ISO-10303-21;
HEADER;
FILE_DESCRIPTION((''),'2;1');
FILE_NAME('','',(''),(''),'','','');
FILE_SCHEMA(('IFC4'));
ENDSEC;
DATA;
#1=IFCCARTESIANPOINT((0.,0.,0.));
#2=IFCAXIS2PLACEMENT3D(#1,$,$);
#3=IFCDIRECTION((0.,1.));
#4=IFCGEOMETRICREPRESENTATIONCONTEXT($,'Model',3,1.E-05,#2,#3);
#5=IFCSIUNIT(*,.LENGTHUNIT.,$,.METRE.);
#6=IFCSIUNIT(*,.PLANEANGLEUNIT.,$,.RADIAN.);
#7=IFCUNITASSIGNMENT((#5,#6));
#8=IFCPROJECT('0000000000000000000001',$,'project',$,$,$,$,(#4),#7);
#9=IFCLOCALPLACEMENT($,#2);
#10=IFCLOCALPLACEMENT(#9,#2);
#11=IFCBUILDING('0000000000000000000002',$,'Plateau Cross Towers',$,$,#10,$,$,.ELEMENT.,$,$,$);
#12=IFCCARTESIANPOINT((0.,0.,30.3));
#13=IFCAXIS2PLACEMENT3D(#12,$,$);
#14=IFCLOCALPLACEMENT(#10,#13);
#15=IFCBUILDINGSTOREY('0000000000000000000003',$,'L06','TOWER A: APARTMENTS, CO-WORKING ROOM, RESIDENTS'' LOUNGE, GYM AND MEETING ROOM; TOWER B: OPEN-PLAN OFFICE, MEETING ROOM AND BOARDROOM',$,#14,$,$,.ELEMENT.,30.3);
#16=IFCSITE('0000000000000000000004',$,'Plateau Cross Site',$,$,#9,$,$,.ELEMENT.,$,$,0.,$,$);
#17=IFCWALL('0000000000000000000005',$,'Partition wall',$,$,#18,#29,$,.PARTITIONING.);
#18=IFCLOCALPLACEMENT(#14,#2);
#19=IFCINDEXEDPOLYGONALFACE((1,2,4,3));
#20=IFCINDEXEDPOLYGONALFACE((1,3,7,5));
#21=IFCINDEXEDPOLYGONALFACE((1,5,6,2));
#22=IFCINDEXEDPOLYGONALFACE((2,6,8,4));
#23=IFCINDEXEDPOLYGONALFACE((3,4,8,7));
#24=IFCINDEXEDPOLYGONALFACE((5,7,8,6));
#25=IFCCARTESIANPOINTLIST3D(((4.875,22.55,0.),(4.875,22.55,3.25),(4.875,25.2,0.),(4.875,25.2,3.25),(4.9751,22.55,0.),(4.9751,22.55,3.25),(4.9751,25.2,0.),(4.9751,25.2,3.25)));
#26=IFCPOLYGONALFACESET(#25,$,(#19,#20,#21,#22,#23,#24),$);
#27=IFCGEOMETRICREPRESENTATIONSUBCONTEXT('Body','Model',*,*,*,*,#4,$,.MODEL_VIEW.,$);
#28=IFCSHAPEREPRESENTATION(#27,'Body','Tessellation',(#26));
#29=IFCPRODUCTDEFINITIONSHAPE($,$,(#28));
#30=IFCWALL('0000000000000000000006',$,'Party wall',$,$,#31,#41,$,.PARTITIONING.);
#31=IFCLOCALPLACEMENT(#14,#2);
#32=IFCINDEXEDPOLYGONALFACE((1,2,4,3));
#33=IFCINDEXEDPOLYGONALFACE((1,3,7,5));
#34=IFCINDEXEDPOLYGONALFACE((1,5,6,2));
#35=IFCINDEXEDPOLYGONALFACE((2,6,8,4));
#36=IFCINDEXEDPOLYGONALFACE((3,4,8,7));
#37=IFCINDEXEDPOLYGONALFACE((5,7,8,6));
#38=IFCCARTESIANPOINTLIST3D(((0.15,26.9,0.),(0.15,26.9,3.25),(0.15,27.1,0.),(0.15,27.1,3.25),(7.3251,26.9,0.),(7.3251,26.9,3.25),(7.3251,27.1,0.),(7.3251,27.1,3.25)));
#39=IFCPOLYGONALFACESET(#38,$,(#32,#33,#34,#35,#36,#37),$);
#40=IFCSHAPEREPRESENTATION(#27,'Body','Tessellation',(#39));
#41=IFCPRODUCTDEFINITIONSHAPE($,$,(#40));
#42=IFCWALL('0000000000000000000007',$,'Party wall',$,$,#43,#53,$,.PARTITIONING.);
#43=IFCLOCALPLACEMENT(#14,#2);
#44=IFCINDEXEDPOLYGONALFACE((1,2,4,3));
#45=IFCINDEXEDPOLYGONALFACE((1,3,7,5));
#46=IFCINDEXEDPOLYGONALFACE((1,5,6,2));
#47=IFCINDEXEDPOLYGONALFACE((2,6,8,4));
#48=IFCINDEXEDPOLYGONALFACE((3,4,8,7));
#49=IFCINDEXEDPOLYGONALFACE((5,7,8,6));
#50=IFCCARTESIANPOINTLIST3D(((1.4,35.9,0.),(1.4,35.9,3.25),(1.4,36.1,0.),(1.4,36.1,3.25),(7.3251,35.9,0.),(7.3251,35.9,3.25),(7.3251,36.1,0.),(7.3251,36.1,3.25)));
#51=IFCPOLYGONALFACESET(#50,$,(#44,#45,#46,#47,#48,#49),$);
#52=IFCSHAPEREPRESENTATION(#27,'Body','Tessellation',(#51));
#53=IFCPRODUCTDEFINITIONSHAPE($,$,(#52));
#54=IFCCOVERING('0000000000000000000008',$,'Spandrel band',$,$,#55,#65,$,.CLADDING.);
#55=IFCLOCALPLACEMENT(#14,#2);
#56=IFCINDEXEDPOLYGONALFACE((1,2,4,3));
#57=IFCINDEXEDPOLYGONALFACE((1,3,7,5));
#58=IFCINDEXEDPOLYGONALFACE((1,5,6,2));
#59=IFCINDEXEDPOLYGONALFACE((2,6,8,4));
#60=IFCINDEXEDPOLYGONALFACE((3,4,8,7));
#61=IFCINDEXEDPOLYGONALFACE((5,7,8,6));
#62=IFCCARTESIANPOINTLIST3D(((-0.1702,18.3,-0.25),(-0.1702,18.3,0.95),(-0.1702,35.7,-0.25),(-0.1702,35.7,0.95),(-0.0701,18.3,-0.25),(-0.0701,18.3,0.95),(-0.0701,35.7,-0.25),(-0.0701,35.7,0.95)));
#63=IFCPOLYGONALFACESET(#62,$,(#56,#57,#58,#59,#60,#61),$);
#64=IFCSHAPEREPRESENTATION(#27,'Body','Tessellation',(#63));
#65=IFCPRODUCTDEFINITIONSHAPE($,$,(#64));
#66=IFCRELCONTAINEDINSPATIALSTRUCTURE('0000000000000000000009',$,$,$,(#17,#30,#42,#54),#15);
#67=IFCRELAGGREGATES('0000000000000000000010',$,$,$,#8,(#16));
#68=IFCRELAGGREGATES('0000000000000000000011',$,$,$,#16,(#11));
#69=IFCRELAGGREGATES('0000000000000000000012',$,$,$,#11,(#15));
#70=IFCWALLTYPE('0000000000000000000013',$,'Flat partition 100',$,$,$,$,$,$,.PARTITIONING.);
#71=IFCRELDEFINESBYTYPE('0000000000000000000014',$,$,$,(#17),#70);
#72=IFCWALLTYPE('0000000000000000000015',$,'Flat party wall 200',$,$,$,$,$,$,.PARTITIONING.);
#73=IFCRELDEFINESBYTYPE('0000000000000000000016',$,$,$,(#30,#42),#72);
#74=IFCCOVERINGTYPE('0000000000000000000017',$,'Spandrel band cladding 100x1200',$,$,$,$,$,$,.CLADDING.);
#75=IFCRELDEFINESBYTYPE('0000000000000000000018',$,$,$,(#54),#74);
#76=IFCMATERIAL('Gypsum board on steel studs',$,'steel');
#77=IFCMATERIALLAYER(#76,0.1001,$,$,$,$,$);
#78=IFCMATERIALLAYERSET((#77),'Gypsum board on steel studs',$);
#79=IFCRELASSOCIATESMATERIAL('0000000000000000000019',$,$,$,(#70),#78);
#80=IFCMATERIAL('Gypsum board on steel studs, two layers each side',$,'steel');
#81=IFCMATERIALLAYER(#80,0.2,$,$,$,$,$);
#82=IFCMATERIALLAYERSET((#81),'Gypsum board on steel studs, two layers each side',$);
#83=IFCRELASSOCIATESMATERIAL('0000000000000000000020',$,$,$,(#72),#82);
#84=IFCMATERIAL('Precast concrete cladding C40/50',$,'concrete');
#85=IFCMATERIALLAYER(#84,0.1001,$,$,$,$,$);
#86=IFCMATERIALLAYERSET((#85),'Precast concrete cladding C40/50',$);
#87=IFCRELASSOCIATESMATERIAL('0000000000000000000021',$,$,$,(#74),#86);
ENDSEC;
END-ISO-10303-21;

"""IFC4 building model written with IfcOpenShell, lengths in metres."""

from ifc_helpers import new_model, si_unit, direction, frame, frame_2d, origin, origin_2d, place, context, subcontext, project, spatial, rectangle, extrude, material, layer, layer_set, type_object, element, save


model = new_model("IFC4")

# Units and contexts
model_context = context("Model", 3, precision=1e-05, world=origin(), true_north=direction((0.0, 1.0)))
body_context = subcontext(model_context, "Body", "Model", "MODEL_VIEW")
ifc_project = project(units=[si_unit("LENGTHUNIT", "METRE"), si_unit("PLANEANGLEUNIT", "RADIAN")], contexts=[model_context])

# Site, building, storey
site_placement = place(None, origin())
site = spatial("IfcSite", under=ifc_project, at=site_placement, Name="Plateau Cross Site", CompositionType="ELEMENT", RefElevation=0.0)
building_placement = place(site_placement, origin())
building = spatial("IfcBuilding", under=site, at=building_placement, Name="Plateau Cross Towers", CompositionType="ELEMENT")
storey_placement = place(building_placement, frame((0.0, 0.0, 30.3)))
storey = spatial("IfcBuildingStorey", under=building, at=storey_placement, Name="L06", Description="TOWER A: APARTMENTS, CO-WORKING ROOM, RESIDENTS' LOUNGE, GYM AND MEETING ROOM; TOWER B: OPEN-PLAN OFFICE, MEETING ROOM AND BOARDROOM", CompositionType="ELEMENT", Elevation=30.3)

# Shared definitions
ifc_material_1 = material(Name="Gypsum board on steel studs", Category="steel")
ifc_layer_1 = layer(ifc_material_1, 0.1001)
ifc_layer_set_1 = layer_set([ifc_layer_1], Name="Gypsum board on steel studs")
wall_type_1 = type_object("IfcWallType", Name="Flat partition 100", PredefinedType="PARTITIONING", material=ifc_layer_set_1)

# Walls
wall_1_placement = place(storey_placement, frame((4.925, 22.55, 0.0), z_axis=(0.0, 0.0, 1.0), x_axis=(0.0, 1.0, 0.0)))
element("IfcWall", 1, at=wall_1_placement, inside=storey, type_object=wall_type_1, Name="Partition wall", PredefinedType="PARTITIONING", context=body_context, shape_type="SweptSolid", body=[
    extrude(rectangle(XDim=2.6499, YDim=0.1001, at=frame_2d((1.325, 0.0))), origin(), (0.0, 0.0, 1.0), 3.25),
])
ifc_material_2 = material(Name="Gypsum board on steel studs, two layers each side", Category="steel")
ifc_layer_2 = layer(ifc_material_2, 0.2)
ifc_layer_set_2 = layer_set([ifc_layer_2], Name="Gypsum board on steel studs, two layers each side")
wall_type_2 = type_object("IfcWallType", Name="Flat party wall 200", PredefinedType="PARTITIONING", material=ifc_layer_set_2)
wall_2_placement = place(storey_placement, frame((7.325, 27.0, 0.0), z_axis=(0.0, 0.0, 1.0), x_axis=(-1.0, 0.0, 0.0)))
element("IfcWall", 2, at=wall_2_placement, inside=storey, type_object=wall_type_2, Name="Party wall", PredefinedType="PARTITIONING", context=body_context, shape_type="SweptSolid", body=[
    extrude(rectangle(XDim=7.175, YDim=0.2, at=frame_2d((3.5874, 0.0))), origin(), (0.0, 0.0, 1.0), 3.25),
])
wall_3_placement = place(storey_placement, frame((7.325, 36.0, 0.0), z_axis=(0.0, 0.0, 1.0), x_axis=(-1.0, 0.0, 0.0)))
element("IfcWall", 3, at=wall_3_placement, inside=storey, type_object=wall_type_2, Name="Party wall", PredefinedType="PARTITIONING", context=body_context, shape_type="SweptSolid", body=[
    extrude(rectangle(XDim=5.925, YDim=0.2, at=frame_2d((2.9624, 0.0))), origin(), (0.0, 0.0, 1.0), 3.25),
])

# Covering
ifc_material_3 = material(Name="Precast concrete cladding C40/50", Category="concrete")
ifc_layer_3 = layer(ifc_material_3, 0.1001)
ifc_layer_set_3 = layer_set([ifc_layer_3], Name="Precast concrete cladding C40/50")
covering_type = type_object("IfcCoveringType", Name="Spandrel band cladding 100x1200", PredefinedType="CLADDING", material=ifc_layer_set_3)
covering_placement = place(storey_placement, frame((-0.1201, 27.0, -0.25), z_axis=(0.0, 0.0, 1.0), x_axis=(0.0, -1.0, 0.0)))
element("IfcCovering", 4, at=covering_placement, inside=storey, type_object=covering_type, Name="Spandrel band", PredefinedType="CLADDING", context=body_context, shape_type="SweptSolid", body=[
    extrude(rectangle(XDim=17.3999, YDim=0.1001, at=origin_2d()), origin(), (0.0, 0.0, 1.0), 1.2),
])

save(model, "model.ifc")
